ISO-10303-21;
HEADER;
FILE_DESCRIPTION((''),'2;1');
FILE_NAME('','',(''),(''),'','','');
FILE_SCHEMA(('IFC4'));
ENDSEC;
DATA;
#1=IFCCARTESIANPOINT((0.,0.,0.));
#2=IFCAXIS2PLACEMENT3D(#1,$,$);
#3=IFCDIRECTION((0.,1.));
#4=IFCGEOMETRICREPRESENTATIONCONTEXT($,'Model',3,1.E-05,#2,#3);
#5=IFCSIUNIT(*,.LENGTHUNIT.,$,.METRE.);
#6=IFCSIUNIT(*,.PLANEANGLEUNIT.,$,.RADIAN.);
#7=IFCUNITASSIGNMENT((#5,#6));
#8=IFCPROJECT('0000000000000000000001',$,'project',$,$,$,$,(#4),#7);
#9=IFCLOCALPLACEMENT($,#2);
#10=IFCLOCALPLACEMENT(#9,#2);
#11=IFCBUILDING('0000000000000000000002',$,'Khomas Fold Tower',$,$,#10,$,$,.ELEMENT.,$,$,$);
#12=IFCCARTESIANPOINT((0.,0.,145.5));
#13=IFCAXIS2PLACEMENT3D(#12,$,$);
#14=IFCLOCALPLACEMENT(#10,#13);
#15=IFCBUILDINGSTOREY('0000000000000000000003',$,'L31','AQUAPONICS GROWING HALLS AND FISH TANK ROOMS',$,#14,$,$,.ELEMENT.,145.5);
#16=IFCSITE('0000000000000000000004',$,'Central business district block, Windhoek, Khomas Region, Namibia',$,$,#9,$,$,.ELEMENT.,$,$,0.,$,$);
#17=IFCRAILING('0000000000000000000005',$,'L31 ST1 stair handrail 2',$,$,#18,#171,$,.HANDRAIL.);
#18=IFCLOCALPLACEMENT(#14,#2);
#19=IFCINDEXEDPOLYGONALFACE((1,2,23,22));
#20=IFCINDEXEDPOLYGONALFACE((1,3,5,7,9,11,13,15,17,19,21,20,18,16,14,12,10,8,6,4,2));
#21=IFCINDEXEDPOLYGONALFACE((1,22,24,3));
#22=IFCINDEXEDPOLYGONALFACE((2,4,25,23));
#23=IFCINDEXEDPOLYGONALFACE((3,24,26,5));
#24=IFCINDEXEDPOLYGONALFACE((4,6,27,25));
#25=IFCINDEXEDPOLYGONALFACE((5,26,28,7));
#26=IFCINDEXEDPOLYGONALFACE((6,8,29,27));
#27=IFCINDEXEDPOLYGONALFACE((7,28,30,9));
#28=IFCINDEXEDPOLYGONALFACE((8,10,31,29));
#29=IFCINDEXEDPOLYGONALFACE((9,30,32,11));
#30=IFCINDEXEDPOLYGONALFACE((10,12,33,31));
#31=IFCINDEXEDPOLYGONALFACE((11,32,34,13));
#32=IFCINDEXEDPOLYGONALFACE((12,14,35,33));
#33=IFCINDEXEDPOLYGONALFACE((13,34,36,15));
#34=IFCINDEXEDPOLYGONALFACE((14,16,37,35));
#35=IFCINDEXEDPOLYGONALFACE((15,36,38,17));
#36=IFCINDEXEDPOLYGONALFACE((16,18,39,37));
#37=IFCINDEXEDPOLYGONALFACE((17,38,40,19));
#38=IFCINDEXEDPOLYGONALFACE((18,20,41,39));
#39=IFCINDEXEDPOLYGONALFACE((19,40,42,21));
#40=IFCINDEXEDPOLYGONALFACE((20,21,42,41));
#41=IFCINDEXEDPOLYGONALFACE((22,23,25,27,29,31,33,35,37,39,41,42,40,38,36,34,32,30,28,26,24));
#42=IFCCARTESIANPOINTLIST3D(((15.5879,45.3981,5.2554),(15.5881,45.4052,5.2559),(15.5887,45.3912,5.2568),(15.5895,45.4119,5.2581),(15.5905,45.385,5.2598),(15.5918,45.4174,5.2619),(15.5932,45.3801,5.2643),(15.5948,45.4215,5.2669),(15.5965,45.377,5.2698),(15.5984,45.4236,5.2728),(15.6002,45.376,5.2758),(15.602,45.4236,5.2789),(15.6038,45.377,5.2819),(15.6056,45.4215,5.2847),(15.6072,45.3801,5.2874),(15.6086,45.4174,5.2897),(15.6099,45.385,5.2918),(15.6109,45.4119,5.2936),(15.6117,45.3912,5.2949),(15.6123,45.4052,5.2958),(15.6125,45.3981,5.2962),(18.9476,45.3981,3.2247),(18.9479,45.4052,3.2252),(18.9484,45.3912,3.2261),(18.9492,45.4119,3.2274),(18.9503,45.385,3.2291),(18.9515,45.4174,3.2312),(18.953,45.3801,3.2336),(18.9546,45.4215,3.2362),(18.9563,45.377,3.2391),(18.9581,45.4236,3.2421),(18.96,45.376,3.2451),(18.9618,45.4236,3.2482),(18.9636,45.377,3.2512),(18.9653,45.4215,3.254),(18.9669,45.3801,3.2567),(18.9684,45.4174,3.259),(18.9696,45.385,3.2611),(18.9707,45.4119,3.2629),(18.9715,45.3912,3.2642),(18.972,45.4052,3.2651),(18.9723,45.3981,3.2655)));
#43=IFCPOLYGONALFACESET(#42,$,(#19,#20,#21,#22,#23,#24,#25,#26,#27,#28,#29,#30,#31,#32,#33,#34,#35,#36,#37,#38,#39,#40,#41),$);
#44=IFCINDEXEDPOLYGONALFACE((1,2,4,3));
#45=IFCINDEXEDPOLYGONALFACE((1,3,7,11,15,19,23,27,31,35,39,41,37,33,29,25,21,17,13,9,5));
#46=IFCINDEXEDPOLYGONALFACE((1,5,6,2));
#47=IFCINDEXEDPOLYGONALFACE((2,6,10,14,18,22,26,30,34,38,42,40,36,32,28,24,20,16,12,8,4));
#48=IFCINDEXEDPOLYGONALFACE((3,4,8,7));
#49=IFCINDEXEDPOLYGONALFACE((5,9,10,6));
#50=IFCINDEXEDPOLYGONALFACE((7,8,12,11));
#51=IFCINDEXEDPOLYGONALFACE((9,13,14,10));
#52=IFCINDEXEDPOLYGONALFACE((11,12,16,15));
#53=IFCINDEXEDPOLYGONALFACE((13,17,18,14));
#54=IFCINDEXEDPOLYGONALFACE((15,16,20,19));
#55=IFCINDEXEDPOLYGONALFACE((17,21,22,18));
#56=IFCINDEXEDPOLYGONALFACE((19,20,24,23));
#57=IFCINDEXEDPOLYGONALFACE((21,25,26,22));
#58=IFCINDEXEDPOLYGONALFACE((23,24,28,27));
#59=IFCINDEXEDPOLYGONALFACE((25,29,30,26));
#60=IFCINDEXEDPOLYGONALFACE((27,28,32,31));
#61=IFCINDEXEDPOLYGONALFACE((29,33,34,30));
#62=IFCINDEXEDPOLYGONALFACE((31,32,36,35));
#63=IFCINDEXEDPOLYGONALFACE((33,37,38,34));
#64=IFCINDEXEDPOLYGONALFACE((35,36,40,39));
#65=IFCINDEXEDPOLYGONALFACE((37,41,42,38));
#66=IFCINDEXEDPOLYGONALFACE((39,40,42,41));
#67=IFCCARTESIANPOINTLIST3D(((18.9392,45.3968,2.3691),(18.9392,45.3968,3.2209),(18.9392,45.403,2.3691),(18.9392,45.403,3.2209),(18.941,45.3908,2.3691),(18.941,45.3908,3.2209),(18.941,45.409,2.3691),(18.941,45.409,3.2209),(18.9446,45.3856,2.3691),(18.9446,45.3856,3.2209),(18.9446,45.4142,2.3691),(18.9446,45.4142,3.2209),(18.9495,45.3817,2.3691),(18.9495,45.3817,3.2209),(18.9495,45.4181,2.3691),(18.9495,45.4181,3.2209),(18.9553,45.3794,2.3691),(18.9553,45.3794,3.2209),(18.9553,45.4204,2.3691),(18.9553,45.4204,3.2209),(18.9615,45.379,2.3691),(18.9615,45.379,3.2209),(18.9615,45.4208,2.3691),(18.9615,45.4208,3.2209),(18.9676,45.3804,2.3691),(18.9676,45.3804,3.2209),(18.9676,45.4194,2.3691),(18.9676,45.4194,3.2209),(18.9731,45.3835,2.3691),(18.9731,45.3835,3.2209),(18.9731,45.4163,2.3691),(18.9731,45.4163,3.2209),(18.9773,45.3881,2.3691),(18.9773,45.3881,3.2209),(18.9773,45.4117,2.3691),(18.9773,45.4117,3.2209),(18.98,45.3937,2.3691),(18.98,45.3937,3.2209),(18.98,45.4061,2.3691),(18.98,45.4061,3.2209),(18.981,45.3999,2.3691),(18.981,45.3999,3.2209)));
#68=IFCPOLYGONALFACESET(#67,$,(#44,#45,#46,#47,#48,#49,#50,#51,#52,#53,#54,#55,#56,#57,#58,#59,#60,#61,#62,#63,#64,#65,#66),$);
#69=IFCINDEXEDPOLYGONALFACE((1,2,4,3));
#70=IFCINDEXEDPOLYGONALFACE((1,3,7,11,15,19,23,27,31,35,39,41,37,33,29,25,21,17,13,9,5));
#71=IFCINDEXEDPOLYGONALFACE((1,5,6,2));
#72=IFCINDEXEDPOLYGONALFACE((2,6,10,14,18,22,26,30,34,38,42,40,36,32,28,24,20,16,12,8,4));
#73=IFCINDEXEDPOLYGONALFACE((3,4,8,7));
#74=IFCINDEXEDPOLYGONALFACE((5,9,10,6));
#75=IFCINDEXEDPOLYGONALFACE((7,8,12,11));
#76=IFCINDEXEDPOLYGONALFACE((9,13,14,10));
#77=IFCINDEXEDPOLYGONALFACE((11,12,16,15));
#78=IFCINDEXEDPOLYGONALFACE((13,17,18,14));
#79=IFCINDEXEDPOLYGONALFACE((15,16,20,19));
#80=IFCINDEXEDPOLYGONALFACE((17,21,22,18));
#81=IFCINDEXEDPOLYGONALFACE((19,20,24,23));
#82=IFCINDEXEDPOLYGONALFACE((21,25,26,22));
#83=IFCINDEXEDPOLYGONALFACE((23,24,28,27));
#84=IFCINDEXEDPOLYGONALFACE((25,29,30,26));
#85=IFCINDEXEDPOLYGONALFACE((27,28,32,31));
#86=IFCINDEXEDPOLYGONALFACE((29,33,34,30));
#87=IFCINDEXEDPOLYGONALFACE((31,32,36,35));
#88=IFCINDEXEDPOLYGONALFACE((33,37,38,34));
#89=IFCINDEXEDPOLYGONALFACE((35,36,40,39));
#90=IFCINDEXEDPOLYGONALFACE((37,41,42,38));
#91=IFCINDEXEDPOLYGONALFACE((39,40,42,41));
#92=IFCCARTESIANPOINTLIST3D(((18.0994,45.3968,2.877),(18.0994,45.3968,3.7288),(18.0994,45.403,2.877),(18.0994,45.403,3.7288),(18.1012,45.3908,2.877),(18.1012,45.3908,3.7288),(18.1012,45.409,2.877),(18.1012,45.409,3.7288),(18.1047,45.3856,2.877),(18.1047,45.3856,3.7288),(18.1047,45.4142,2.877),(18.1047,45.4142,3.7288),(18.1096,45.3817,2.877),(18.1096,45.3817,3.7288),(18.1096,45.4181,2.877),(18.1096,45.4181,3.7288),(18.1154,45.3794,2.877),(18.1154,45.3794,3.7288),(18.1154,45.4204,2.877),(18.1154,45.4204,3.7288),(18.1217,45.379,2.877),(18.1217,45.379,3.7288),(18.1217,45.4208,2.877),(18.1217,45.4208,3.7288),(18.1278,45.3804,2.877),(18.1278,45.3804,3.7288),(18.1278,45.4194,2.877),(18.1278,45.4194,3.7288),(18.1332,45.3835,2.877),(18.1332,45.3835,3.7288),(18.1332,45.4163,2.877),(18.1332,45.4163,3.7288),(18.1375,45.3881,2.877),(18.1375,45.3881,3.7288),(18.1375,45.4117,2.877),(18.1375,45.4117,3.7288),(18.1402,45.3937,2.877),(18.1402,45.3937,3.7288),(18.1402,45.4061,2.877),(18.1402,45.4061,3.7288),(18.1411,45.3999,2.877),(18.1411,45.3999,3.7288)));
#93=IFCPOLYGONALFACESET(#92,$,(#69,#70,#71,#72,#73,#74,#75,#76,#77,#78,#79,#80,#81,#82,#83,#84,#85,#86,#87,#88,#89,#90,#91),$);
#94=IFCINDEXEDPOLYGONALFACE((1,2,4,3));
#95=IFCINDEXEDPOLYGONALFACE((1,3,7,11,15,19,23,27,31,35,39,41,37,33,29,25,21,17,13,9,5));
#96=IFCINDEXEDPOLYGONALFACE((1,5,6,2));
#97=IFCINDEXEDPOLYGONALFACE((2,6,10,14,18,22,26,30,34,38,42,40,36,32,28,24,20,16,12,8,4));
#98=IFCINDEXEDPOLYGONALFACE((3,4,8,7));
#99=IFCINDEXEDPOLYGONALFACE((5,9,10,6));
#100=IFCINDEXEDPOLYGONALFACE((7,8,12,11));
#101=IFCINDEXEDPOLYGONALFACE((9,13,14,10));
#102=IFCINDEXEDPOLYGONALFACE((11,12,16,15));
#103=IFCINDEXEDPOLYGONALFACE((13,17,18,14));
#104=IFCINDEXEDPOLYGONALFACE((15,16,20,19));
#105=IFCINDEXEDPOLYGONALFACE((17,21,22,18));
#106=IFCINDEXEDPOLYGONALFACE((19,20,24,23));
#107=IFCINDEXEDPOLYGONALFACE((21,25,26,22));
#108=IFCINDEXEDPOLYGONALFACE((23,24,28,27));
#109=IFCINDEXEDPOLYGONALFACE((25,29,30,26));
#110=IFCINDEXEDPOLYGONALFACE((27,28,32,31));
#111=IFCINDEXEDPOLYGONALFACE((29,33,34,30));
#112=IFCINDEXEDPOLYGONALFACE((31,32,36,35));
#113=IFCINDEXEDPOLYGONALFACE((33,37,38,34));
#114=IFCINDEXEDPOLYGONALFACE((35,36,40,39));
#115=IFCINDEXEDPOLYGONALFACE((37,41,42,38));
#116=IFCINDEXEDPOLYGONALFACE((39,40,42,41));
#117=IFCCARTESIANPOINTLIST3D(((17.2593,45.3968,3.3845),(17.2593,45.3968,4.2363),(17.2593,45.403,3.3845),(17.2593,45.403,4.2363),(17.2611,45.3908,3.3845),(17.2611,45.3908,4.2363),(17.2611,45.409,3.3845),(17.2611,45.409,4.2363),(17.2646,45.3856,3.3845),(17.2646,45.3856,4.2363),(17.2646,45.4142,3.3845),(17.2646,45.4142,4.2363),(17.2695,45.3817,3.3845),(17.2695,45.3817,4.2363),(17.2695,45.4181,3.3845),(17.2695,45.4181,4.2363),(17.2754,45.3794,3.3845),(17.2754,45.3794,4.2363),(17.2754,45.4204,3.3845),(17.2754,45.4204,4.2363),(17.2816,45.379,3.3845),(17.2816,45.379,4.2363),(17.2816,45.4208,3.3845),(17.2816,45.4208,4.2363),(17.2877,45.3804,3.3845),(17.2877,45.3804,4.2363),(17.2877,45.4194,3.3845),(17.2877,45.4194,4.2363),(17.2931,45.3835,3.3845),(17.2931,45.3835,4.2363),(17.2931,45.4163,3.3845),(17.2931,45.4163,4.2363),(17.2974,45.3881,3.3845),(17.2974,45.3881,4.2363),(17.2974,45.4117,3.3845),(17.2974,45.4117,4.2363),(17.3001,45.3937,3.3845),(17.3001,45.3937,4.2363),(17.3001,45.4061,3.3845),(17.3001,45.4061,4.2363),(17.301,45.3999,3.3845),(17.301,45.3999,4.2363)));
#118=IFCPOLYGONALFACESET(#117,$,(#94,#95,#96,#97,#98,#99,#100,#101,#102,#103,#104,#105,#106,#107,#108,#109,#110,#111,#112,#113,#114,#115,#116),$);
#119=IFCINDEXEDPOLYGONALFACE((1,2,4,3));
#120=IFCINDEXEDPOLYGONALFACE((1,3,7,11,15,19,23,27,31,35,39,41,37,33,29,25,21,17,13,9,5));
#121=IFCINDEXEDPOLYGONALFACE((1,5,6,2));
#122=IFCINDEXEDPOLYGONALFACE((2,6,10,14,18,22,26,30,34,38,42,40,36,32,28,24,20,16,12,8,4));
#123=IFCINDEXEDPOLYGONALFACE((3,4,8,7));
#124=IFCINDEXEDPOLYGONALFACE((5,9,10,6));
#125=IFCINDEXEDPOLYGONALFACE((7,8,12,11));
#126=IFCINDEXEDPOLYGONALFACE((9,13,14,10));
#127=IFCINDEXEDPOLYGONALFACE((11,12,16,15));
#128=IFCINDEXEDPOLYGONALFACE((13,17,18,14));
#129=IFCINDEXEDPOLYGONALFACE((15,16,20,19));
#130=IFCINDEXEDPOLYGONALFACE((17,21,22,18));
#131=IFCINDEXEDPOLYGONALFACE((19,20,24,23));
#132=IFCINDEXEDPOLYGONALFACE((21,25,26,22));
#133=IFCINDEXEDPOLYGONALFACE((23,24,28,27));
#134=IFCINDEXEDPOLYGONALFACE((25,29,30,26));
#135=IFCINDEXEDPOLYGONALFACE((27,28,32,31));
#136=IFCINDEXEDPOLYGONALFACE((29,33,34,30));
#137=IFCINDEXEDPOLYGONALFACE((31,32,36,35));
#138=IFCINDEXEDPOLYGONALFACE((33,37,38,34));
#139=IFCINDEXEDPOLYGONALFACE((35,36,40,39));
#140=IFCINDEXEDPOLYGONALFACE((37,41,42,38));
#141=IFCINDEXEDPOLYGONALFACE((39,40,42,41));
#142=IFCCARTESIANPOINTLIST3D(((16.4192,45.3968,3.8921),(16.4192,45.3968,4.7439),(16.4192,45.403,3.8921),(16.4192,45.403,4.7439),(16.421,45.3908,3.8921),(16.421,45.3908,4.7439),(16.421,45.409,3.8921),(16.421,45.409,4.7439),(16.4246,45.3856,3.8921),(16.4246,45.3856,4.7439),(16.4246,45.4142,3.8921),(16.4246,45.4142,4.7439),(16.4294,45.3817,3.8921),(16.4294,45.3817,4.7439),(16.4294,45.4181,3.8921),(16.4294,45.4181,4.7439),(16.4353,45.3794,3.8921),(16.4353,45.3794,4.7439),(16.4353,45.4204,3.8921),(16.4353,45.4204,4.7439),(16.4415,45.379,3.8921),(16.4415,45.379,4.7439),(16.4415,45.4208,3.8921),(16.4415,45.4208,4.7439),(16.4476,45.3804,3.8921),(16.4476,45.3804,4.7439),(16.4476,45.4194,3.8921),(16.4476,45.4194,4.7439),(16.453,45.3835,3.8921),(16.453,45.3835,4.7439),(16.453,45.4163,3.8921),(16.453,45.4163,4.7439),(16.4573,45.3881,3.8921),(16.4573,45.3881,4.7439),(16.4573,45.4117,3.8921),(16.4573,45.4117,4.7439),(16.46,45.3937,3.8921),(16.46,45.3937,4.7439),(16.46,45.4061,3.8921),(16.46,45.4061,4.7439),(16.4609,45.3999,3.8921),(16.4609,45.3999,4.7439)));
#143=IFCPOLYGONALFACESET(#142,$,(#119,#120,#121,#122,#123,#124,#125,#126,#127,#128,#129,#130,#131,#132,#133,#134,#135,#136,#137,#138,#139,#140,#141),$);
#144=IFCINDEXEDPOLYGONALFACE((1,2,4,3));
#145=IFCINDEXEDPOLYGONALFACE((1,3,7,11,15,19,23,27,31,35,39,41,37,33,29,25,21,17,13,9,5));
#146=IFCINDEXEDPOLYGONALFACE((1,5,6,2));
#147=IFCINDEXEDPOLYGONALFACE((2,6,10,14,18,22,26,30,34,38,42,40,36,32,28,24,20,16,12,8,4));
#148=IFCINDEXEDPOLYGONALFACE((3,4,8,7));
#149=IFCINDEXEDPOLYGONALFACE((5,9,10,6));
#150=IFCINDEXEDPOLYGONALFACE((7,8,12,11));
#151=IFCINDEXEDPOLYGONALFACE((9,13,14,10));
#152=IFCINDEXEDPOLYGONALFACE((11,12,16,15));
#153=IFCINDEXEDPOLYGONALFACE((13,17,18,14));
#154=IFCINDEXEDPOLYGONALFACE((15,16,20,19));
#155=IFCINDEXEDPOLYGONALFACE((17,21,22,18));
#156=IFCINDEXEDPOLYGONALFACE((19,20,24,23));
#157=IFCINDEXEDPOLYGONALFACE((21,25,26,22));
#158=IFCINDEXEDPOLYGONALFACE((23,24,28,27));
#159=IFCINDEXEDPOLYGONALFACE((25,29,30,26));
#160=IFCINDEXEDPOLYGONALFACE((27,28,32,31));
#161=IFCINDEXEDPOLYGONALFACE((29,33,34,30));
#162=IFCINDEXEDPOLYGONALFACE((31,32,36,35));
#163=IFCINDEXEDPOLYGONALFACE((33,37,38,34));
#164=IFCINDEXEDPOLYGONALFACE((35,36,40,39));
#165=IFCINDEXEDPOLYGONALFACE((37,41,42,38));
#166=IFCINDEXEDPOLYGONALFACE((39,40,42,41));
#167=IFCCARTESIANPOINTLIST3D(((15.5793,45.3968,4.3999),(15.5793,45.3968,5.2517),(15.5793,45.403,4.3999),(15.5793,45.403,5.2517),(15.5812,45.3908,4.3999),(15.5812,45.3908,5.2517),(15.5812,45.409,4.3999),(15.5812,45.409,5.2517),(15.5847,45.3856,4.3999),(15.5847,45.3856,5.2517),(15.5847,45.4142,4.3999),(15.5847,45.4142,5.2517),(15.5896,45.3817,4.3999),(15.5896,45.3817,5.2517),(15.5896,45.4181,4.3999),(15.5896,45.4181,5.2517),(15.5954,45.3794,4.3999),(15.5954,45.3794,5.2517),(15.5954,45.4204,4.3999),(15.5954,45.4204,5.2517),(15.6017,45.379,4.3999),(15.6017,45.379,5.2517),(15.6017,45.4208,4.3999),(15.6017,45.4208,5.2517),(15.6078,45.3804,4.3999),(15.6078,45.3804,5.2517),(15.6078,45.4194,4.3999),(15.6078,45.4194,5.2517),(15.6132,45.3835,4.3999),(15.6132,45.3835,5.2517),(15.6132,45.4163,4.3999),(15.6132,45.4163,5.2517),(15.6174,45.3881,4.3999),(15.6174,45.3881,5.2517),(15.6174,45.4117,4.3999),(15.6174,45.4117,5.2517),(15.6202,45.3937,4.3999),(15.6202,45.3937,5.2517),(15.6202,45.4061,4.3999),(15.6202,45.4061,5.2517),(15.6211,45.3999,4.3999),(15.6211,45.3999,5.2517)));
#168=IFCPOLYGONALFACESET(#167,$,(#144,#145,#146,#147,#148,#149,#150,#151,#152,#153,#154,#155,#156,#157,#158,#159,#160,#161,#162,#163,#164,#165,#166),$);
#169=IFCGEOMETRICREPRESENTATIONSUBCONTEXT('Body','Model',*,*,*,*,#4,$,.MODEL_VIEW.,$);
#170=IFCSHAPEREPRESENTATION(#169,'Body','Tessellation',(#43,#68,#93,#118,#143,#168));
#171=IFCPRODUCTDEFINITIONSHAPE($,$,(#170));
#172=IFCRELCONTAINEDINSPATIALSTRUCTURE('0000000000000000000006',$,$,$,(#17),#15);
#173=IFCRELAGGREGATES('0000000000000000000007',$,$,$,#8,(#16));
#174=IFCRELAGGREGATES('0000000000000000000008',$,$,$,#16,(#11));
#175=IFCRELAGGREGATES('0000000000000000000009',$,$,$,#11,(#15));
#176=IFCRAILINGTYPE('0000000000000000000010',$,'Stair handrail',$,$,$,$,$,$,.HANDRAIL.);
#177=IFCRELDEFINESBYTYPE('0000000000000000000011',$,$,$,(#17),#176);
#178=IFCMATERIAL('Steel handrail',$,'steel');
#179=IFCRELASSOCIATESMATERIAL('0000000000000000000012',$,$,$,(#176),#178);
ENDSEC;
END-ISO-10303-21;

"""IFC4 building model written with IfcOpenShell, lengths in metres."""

from ifc_helpers import new_model, si_unit, direction, frame, origin, origin_2d, place, context, subcontext, project, spatial, circle, extrude, source, transform, mapped, material, type_object, element, save


model = new_model("IFC4")

# Units and contexts
model_context = context("Model", 3, precision=1e-05, world=origin(), true_north=direction((0.0, 1.0)))
body_context = subcontext(model_context, "Body", "Model", "MODEL_VIEW")
ifc_project = project(units=[si_unit("LENGTHUNIT", "METRE"), si_unit("PLANEANGLEUNIT", "RADIAN")], contexts=[model_context])

# Site, building, storey
site_placement = place(None, origin())
site = spatial("IfcSite", under=ifc_project, at=site_placement, Name="Central business district block, Windhoek, Khomas Region, Namibia", CompositionType="ELEMENT", RefElevation=0.0)
building_placement = place(site_placement, origin())
building = spatial("IfcBuilding", under=site, at=building_placement, Name="Khomas Fold Tower", CompositionType="ELEMENT")
storey_placement = place(building_placement, frame((0.0, 0.0, 145.5)))
storey = spatial("IfcBuildingStorey", under=building, at=storey_placement, Name="L31", Description="AQUAPONICS GROWING HALLS AND FISH TANK ROOMS", CompositionType="ELEMENT", Elevation=145.5)

# Railing
ifc_material_1 = material(Name="Steel handrail", Category="steel")
railing_type_1 = type_object("IfcRailingType", Name="Stair handrail", PredefinedType="HANDRAIL", material=ifc_material_1)
shared_shape_1 = source(origin(), body_context, "Body", "SweptSolid", [
    extrude(circle(Radius=0.0239, at=origin_2d()), frame((0.0, 0.0, 0.876), z_axis=(-0.85582, 0.0, 0.517273), x_axis=(0.0, -1.0, 0.0)), (0.0, 0.0, 1.0), 3.9258),
    extrude(circle(Radius=0.021, at=origin_2d()), origin(), (0.0, 0.0, 1.0), 0.8518),
    extrude(circle(Radius=0.021, at=origin_2d()), frame((-0.8398, 0.0, 0.5078)), (0.0, 0.0, 1.0), 0.8518),
    extrude(circle(Radius=0.021, at=origin_2d()), frame((-1.6799, 0.0, 1.0154)), (0.0, 0.0, 1.0), 0.8518),
    extrude(circle(Radius=0.021, at=origin_2d()), frame((-2.52, 0.0, 1.5229)), (0.0, 0.0, 1.0), 0.8518),
    extrude(circle(Radius=0.021, at=origin_2d()), frame((-3.3599, 0.0, 2.0308)), (0.0, 0.0, 1.0), 0.8518),
])
railing_1_placement = place(storey_placement, frame((18.96, 45.3999, 2.3691)))
element("IfcRailing", 1, at=railing_1_placement, inside=storey, type_object=railing_type_1, Name="L31 ST1 stair handrail 2", PredefinedType="HANDRAIL", context=body_context, shape_type="MappedRepresentation", body=[
    mapped(shared_shape_1, transform((0.0, 0.0, 0.0))),
])

save(model, "model.ifc")
